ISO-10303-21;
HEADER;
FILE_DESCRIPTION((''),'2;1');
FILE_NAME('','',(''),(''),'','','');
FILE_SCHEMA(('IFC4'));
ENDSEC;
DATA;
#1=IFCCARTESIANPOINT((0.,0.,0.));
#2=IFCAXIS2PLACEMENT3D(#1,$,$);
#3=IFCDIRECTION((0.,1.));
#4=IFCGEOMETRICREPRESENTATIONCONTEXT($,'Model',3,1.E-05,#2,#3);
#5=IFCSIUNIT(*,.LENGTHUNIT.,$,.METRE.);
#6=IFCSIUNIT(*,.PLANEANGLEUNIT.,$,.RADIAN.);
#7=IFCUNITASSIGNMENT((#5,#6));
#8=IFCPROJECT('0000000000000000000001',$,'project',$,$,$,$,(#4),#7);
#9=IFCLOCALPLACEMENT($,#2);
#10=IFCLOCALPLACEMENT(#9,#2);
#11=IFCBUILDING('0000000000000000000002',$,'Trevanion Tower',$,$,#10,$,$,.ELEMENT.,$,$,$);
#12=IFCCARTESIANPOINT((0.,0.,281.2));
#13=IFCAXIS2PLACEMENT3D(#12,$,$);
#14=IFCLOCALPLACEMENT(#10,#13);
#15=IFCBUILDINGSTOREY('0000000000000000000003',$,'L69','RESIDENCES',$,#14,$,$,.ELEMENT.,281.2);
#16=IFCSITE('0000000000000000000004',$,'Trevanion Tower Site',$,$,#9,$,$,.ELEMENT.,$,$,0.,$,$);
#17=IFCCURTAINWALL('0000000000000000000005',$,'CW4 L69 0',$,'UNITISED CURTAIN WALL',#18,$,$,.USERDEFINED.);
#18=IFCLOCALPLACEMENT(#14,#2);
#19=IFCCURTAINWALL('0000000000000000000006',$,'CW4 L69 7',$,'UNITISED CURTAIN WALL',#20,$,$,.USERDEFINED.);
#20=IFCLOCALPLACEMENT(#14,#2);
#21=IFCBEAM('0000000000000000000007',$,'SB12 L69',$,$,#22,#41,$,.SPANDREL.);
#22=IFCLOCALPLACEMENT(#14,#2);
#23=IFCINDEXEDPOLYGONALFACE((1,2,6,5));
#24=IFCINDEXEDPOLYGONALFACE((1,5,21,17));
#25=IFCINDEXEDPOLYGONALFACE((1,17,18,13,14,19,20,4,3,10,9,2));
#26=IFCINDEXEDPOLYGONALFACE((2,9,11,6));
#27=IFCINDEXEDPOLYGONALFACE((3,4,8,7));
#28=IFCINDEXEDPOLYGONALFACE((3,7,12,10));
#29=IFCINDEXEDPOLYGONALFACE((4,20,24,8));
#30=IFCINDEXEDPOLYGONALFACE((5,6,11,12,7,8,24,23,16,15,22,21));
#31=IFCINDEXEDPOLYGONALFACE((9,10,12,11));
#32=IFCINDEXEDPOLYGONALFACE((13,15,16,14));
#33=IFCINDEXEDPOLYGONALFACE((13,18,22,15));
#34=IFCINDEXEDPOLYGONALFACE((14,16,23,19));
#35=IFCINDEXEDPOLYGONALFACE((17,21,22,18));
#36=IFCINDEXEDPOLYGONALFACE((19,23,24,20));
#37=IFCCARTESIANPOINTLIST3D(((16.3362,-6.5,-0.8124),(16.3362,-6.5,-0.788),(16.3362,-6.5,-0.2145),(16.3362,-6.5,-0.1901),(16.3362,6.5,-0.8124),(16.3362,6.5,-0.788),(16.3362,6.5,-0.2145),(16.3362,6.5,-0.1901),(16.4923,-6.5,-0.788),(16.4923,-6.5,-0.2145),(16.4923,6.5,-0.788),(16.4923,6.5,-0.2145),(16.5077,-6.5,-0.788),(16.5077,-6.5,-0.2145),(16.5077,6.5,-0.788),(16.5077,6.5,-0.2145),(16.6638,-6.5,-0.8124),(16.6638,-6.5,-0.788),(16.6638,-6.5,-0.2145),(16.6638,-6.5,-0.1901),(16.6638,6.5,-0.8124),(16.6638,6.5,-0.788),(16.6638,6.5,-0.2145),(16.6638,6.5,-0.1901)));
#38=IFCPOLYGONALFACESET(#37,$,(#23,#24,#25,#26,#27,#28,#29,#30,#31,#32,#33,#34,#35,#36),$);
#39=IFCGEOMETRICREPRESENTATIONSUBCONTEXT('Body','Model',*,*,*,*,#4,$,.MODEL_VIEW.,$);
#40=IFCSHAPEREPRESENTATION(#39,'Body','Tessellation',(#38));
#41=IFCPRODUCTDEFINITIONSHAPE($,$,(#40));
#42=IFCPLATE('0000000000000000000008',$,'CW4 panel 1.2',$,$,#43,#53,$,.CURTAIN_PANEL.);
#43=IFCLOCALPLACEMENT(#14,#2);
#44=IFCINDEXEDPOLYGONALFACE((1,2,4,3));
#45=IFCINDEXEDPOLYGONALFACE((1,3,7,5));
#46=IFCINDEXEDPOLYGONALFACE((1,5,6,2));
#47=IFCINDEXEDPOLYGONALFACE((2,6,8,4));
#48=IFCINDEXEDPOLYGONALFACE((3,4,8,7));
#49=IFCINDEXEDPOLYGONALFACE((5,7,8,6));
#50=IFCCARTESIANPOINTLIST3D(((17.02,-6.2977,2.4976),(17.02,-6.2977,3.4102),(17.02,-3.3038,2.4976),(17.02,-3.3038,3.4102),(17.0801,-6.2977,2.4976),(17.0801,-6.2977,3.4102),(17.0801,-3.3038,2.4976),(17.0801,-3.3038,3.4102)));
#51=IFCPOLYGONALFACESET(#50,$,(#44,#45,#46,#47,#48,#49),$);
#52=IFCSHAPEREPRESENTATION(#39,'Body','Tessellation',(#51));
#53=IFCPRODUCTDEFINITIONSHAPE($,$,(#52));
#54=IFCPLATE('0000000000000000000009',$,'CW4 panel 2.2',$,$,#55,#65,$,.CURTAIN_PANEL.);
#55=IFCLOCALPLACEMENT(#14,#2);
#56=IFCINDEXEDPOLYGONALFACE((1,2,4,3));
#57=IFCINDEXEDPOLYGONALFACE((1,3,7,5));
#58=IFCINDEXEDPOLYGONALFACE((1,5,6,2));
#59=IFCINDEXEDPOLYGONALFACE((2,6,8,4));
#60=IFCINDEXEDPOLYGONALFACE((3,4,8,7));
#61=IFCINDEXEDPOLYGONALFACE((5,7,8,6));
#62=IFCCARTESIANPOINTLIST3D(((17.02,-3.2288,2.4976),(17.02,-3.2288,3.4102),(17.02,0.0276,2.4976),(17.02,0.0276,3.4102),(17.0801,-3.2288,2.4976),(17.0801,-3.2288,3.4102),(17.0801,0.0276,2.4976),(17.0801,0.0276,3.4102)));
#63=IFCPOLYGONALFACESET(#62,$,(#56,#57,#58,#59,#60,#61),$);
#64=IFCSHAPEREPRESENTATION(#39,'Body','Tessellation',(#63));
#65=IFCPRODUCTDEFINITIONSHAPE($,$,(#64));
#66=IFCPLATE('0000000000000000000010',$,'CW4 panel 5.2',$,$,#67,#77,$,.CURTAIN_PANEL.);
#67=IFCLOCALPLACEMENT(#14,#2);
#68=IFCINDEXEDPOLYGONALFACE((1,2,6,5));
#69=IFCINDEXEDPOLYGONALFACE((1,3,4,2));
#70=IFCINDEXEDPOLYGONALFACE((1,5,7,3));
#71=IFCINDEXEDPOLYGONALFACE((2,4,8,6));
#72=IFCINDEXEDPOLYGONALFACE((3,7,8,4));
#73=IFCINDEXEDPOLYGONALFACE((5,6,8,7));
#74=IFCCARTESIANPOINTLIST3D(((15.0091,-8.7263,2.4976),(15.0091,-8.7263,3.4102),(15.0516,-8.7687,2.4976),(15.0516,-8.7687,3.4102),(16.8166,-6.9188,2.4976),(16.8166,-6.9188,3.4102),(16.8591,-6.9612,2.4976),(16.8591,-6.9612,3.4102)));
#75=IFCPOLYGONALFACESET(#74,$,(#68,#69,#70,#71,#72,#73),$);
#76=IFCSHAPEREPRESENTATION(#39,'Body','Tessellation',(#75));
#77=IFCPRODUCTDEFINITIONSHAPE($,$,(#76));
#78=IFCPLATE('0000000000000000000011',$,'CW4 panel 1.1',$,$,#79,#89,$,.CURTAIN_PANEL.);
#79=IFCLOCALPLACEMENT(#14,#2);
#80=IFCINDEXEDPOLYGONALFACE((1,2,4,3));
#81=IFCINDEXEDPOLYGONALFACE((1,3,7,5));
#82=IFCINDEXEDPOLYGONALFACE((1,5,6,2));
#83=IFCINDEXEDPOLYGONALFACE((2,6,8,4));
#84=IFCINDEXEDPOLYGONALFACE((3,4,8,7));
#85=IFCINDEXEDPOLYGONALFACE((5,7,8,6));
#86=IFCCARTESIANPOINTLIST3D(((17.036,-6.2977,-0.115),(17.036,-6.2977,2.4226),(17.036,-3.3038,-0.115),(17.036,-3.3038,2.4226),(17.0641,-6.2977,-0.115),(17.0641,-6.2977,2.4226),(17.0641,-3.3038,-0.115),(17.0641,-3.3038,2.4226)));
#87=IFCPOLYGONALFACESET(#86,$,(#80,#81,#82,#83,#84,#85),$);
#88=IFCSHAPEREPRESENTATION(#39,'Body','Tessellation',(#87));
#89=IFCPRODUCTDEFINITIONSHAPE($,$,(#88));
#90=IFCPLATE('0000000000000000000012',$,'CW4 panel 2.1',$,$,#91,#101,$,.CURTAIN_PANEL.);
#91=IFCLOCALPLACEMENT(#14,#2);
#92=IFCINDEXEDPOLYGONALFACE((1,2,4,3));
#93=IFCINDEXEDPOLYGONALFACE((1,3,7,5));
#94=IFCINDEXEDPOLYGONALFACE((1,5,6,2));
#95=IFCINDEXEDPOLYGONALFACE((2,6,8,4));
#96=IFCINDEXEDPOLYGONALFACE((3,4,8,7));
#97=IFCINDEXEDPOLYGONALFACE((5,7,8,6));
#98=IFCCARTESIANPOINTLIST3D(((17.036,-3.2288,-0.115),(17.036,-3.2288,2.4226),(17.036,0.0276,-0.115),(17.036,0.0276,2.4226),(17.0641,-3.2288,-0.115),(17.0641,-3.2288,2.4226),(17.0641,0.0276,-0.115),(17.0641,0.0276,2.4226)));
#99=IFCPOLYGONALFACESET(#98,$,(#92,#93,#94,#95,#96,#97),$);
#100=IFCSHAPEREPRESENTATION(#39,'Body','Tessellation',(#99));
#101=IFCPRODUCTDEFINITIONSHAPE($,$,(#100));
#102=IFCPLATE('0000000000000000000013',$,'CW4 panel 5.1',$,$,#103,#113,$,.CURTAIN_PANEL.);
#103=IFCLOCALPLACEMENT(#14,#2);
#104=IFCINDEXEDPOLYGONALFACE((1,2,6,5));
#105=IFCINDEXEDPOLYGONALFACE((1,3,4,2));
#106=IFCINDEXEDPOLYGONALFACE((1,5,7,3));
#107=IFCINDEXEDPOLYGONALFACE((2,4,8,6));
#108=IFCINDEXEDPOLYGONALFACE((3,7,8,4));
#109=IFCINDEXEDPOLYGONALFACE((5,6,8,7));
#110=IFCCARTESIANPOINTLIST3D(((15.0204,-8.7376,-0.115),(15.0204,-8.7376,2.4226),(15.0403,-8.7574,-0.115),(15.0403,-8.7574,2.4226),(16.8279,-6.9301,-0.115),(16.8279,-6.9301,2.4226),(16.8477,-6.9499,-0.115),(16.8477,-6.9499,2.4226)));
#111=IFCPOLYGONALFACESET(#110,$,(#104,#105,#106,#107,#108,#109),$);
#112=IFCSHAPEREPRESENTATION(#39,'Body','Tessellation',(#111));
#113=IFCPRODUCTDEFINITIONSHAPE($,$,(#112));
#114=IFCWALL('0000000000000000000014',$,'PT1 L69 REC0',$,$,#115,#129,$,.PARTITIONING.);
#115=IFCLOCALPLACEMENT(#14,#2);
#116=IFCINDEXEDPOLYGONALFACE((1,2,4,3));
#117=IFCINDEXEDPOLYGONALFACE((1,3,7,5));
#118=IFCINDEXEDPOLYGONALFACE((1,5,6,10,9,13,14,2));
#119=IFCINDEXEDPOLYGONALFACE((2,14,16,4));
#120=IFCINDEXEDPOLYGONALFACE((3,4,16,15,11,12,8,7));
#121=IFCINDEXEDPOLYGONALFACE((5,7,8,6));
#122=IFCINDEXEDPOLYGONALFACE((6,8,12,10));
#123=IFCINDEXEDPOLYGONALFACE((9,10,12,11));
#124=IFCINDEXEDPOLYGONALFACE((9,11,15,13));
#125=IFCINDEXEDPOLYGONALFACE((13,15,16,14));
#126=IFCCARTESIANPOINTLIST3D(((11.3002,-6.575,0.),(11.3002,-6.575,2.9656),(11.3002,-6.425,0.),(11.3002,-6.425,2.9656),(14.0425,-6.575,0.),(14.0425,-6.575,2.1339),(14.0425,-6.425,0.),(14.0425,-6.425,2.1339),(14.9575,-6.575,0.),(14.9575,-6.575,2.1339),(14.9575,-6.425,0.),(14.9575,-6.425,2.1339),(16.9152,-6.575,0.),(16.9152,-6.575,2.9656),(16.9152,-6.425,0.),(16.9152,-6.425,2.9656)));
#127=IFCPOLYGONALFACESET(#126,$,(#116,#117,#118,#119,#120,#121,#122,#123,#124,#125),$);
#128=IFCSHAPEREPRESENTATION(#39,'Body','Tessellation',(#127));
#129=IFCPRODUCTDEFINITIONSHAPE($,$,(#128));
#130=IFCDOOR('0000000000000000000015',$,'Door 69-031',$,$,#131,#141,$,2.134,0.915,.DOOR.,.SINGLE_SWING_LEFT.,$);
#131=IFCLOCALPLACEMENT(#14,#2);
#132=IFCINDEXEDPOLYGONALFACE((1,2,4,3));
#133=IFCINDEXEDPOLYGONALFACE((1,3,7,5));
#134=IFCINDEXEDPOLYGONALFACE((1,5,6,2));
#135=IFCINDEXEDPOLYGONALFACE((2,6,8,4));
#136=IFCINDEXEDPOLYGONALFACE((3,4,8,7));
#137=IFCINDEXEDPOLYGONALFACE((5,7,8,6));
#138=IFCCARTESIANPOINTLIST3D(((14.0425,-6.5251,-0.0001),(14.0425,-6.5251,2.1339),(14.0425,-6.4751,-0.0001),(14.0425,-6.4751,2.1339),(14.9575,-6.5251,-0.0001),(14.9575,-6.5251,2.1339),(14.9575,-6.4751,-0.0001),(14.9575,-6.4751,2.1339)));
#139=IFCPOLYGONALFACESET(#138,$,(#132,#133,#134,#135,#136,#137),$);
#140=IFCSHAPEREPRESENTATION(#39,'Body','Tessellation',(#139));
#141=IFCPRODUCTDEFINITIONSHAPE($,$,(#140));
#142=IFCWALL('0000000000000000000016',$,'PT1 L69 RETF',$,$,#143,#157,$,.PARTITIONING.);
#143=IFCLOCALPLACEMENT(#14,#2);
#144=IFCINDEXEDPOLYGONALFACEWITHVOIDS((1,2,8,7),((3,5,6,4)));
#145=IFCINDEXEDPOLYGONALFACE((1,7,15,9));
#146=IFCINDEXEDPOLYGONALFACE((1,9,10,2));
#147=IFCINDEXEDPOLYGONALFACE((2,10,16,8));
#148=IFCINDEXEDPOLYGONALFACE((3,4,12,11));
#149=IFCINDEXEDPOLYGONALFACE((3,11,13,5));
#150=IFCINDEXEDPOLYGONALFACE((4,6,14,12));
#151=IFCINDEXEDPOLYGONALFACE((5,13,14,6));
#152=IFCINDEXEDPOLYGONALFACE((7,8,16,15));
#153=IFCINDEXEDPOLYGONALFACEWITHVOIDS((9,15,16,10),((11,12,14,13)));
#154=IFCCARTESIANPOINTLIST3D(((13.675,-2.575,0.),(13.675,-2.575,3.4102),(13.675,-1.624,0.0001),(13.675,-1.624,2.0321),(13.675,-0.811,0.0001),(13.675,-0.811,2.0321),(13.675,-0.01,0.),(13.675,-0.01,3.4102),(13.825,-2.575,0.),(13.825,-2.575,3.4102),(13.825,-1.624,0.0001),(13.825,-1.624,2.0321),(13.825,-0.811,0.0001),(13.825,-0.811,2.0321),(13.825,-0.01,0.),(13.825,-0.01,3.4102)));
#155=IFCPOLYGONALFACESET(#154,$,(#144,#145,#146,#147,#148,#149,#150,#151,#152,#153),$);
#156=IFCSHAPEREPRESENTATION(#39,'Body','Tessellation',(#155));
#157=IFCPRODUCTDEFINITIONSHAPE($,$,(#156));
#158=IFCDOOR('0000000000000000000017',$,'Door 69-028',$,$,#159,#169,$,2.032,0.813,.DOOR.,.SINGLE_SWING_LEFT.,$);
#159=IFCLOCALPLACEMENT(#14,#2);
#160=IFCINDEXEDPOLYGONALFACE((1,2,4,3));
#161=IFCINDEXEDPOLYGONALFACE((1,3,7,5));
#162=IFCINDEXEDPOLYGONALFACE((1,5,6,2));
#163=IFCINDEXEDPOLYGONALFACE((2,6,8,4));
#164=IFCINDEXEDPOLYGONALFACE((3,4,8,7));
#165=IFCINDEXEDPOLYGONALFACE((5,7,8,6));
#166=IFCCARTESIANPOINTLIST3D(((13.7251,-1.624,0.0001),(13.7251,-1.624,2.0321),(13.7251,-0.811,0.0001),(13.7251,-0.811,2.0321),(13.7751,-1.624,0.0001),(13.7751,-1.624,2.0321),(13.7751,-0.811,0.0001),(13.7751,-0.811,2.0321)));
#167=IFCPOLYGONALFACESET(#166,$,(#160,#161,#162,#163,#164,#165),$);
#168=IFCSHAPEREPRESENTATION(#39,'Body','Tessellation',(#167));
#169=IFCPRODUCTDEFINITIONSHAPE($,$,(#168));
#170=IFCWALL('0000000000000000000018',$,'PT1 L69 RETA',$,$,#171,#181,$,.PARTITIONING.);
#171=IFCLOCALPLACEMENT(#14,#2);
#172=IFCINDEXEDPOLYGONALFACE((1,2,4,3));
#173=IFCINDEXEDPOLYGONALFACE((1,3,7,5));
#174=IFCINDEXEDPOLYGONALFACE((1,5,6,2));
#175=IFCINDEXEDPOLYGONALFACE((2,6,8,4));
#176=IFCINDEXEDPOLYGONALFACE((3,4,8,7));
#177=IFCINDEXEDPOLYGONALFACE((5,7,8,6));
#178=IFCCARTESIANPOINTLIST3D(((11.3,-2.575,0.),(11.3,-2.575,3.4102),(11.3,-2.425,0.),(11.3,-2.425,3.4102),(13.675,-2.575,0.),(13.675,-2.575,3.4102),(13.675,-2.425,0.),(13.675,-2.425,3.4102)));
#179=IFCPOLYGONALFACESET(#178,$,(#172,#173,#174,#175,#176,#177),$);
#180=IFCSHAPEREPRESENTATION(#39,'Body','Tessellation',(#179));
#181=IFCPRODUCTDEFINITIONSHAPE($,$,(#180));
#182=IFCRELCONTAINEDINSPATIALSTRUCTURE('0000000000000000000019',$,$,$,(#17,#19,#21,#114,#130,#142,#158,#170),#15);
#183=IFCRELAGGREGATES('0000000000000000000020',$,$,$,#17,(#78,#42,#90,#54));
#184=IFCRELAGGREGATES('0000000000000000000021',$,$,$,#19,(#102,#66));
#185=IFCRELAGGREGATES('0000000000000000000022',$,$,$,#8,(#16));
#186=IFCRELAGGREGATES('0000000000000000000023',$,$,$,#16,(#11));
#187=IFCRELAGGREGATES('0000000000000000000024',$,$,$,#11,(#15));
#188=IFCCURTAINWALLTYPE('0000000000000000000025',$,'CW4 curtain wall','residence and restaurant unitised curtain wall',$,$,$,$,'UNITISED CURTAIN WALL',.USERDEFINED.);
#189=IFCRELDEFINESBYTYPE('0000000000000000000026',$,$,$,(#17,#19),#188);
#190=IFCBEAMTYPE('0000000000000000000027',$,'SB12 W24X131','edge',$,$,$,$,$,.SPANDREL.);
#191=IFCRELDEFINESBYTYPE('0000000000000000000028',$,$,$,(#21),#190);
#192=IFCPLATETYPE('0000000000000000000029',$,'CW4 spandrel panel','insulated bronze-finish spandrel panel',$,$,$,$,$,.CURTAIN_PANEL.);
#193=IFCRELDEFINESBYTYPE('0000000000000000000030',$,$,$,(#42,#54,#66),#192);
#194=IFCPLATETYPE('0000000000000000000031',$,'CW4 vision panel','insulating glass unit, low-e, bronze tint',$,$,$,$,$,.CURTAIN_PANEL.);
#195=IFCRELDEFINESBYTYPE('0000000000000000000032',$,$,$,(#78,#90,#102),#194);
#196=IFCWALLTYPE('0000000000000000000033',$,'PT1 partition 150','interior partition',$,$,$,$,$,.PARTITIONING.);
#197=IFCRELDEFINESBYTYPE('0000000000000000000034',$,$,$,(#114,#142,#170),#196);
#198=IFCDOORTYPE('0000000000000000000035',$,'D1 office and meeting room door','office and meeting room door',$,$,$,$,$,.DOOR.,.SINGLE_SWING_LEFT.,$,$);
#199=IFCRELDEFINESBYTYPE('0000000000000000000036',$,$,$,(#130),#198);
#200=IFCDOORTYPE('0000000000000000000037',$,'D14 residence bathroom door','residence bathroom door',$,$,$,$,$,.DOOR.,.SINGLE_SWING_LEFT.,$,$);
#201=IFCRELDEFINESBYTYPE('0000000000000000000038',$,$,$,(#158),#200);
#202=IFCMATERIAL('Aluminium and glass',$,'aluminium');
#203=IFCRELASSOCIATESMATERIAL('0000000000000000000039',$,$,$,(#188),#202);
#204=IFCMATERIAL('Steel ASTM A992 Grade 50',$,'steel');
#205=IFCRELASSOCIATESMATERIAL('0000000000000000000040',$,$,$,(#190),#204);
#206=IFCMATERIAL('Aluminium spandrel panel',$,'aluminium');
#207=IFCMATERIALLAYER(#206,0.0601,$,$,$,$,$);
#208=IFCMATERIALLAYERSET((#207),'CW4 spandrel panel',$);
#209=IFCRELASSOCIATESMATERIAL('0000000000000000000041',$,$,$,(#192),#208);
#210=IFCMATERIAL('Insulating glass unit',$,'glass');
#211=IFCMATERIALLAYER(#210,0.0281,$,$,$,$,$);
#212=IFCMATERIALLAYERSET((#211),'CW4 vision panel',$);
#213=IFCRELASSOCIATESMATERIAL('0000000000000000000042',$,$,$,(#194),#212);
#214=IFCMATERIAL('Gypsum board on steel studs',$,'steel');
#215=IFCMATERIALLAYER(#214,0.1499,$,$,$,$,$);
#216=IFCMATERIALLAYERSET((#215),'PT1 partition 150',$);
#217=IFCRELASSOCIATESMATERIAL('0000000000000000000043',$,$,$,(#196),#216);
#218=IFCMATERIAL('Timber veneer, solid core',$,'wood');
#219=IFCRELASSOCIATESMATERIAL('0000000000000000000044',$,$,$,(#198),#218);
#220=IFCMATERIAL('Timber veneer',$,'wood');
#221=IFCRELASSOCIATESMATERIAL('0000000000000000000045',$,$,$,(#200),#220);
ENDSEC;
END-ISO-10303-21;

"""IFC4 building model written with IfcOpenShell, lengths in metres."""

from ifc_helpers import new_model, si_unit, direction, frame, frame_2d, origin, origin_2d, place, context, subcontext, project, spatial, rectangle, i_section, extrude, material, layer, layer_set, material_profile, profile_set, type_object, element, fill, aggregate, save


model = new_model("IFC4")

# Units and contexts
model_context = context("Model", 3, precision=1e-05, world=origin(), true_north=direction((0.0, 1.0)))
body_context = subcontext(model_context, "Body", "Model", "MODEL_VIEW")
ifc_project = project(units=[si_unit("LENGTHUNIT", "METRE"), si_unit("PLANEANGLEUNIT", "RADIAN")], contexts=[model_context])

# Site, building, storey
site_placement = place(None, origin())
site = spatial("IfcSite", under=ifc_project, at=site_placement, Name="Trevanion Tower Site", CompositionType="ELEMENT", RefElevation=0.0)
building_placement = place(site_placement, origin())
building = spatial("IfcBuilding", under=site, at=building_placement, Name="Trevanion Tower", CompositionType="ELEMENT")
storey_placement = place(building_placement, frame((0.0, 0.0, 281.2)))
storey = spatial("IfcBuildingStorey", under=building, at=storey_placement, Name="L69", Description="RESIDENCES", CompositionType="ELEMENT", Elevation=281.2)

# Curtain wall
ifc_material_1 = material(Name="Aluminium and glass", Category="aluminium")
curtain_wall_type = type_object("IfcCurtainWallType", Name="CW4 curtain wall", Description="residence and restaurant unitised curtain wall", ElementType="UNITISED CURTAIN WALL", PredefinedType="USERDEFINED", material=ifc_material_1)
curtain_wall_1_placement = place(storey_placement, origin())
curtain_wall_1 = element("IfcCurtainWall", 1, at=curtain_wall_1_placement, inside=storey, type_object=curtain_wall_type, Name="CW4 L69 0", ObjectType="UNITISED CURTAIN WALL", PredefinedType="USERDEFINED")

# Curtain wall
curtain_wall_2_placement = place(storey_placement, origin())
curtain_wall_2 = element("IfcCurtainWall", 2, at=curtain_wall_2_placement, inside=storey, type_object=curtain_wall_type, Name="CW4 L69 7", ObjectType="UNITISED CURTAIN WALL", PredefinedType="USERDEFINED")

# Beam
ifc_material_2 = material(Name="Steel ASTM A992 Grade 50", Category="steel")
ifc_material_profile_1 = material_profile(ifc_material_2, i_section(OverallWidth=0.3276, OverallDepth=0.6223, WebThickness=0.0154, FlangeThickness=0.0244, at=origin_2d()), Name="W24X131")
ifc_profile_set_1 = profile_set([ifc_material_profile_1], Name="Steel ASTM A992 Grade 50")
beam_type_1 = type_object("IfcBeamType", Name="SB12 W24X131", Description="edge", PredefinedType="SPANDREL", material=ifc_profile_set_1)
beam_1_placement = place(storey_placement, frame((16.5, -6.5, -0.5012), z_axis=(0.0, 1.0, 0.0), x_axis=(-1.0, 0.0, 0.0)))
element("IfcBeam", 3, at=beam_1_placement, inside=storey, type_object=beam_type_1, Name="SB12 L69", PredefinedType="SPANDREL", context=body_context, shape_type="SweptSolid", body=[
    extrude(i_section(OverallWidth=0.3276, OverallDepth=0.6223, WebThickness=0.0154, FlangeThickness=0.0244, at=origin_2d()), origin(), (0.0, 0.0, 1.0), 13.0),
])

# Plates
ifc_material_3 = material(Name="Aluminium spandrel panel", Category="aluminium")
ifc_layer_1 = layer(ifc_material_3, 0.0601)
ifc_layer_set_1 = layer_set([ifc_layer_1], Name="CW4 spandrel panel")
plate_type_1 = type_object("IfcPlateType", Name="CW4 spandrel panel", Description="insulated bronze-finish spandrel panel", PredefinedType="CURTAIN_PANEL", material=ifc_layer_set_1)
plate_1_placement = place(storey_placement, frame((17.05, -4.8008, 2.4976), z_axis=(0.0, 0.0, 1.0), x_axis=(0.0, 1.0, 0.0)))
plate_1 = element("IfcPlate", 4, at=plate_1_placement, type_object=plate_type_1, Name="CW4 panel 1.2", PredefinedType="CURTAIN_PANEL", context=body_context, shape_type="SweptSolid", body=[
    extrude(rectangle(XDim=2.9939, YDim=0.0601, at=origin_2d()), origin(), (0.0, 0.0, 1.0), 0.9126),
])
plate_2_placement = place(storey_placement, frame((17.05, -1.6006, 2.4976), z_axis=(0.0, 0.0, 1.0), x_axis=(0.0, 1.0, 0.0)))
plate_2 = element("IfcPlate", 5, at=plate_2_placement, type_object=plate_type_1, Name="CW4 panel 2.2", PredefinedType="CURTAIN_PANEL", context=body_context, shape_type="SweptSolid", body=[
    extrude(rectangle(XDim=3.2563, YDim=0.0601, at=origin_2d()), origin(), (0.0, 0.0, 1.0), 0.9126),
])
plate_3_placement = place(storey_placement, frame((15.9341, -7.8438, 2.4976), z_axis=(0.0, 0.0, 1.0), x_axis=(0.707107, 0.707107, 0.0)))
plate_3 = element("IfcPlate", 6, at=plate_3_placement, type_object=plate_type_1, Name="CW4 panel 5.2", PredefinedType="CURTAIN_PANEL", context=body_context, shape_type="SweptSolid", body=[
    extrude(rectangle(XDim=2.5562, YDim=0.0601, at=origin_2d()), origin(), (0.0, 0.0, 1.0), 0.9126),
])
ifc_material_4 = material(Name="Insulating glass unit", Category="glass")
ifc_layer_2 = layer(ifc_material_4, 0.0281)
ifc_layer_set_2 = layer_set([ifc_layer_2], Name="CW4 vision panel")
plate_type_2 = type_object("IfcPlateType", Name="CW4 vision panel", Description="insulating glass unit, low-e, bronze tint", PredefinedType="CURTAIN_PANEL", material=ifc_layer_set_2)
plate_4_placement = place(storey_placement, frame((17.05, -4.8008, -0.115), z_axis=(0.0, 0.0, 1.0), x_axis=(0.0, 1.0, 0.0)))
plate_4 = element("IfcPlate", 7, at=plate_4_placement, type_object=plate_type_2, Name="CW4 panel 1.1", PredefinedType="CURTAIN_PANEL", context=body_context, shape_type="SweptSolid", body=[
    extrude(rectangle(XDim=2.9939, YDim=0.0281, at=origin_2d()), origin(), (0.0, 0.0, 1.0), 2.5376),
])
plate_5_placement = place(storey_placement, frame((17.05, -1.6006, -0.115), z_axis=(0.0, 0.0, 1.0), x_axis=(0.0, 1.0, 0.0)))
plate_5 = element("IfcPlate", 8, at=plate_5_placement, type_object=plate_type_2, Name="CW4 panel 2.1", PredefinedType="CURTAIN_PANEL", context=body_context, shape_type="SweptSolid", body=[
    extrude(rectangle(XDim=3.2563, YDim=0.0281, at=origin_2d()), origin(), (0.0, 0.0, 1.0), 2.5376),
])
aggregate(curtain_wall_1, [plate_4, plate_1, plate_5, plate_2])
plate_6_placement = place(storey_placement, frame((15.9341, -7.8438, -0.115), z_axis=(0.0, 0.0, 1.0), x_axis=(0.707107, 0.707107, 0.0)))
plate_6 = element("IfcPlate", 9, at=plate_6_placement, type_object=plate_type_2, Name="CW4 panel 5.1", PredefinedType="CURTAIN_PANEL", context=body_context, shape_type="SweptSolid", body=[
    extrude(rectangle(XDim=2.5562, YDim=0.0281, at=origin_2d()), origin(), (0.0, 0.0, 1.0), 2.5376),
])
aggregate(curtain_wall_2, [plate_6, plate_3])

# Walls, openings, doors
ifc_material_5 = material(Name="Gypsum board on steel studs", Category="steel")
ifc_layer_3 = layer(ifc_material_5, 0.1499)
ifc_layer_set_3 = layer_set([ifc_layer_3], Name="PT1 partition 150")
wall_type = type_object("IfcWallType", Name="PT1 partition 150", Description="interior partition", PredefinedType="PARTITIONING", material=ifc_layer_set_3)
wall_1_placement = place(storey_placement, frame((11.3, -6.5, 0.0), z_axis=(0.0, 0.0, 1.0), x_axis=(1.0, 0.0, 0.0)))
wall_1 = element("IfcWall", 10, at=wall_1_placement, inside=storey, type_object=wall_type, Name="PT1 L69 REC0", PredefinedType="PARTITIONING", context=body_context, shape_type="SweptSolid", body=[
    extrude(rectangle(XDim=5.615, YDim=0.1499, at=frame_2d((2.8076, 0.0))), origin(), (0.0, 0.0, 1.0), 2.9656),
])
opening_1_placement = place(wall_1_placement, frame((2.7424, 0.0, 0.0)))
opening_1 = element("IfcOpeningElement", 11, at=opening_1_placement, cuts=wall_1, PredefinedType="OPENING", context=body_context, shape_type="SweptSolid", body=[
    extrude(rectangle(XDim=0.915, YDim=2.134, at=frame_2d((0.4575, 1.0669))), frame((0.0, 0.085, 0.0), z_axis=(0.0, -1.0, 0.0), x_axis=(1.0, 0.0, 0.0)), (0.0, 0.0, 1.0), 0.1699),
])
ifc_material_6 = material(Name="Timber veneer, solid core", Category="wood")
door_type_1 = type_object("IfcDoorType", Name="D1 office and meeting room door", Description="office and meeting room door", OperationType="SINGLE_SWING_LEFT", PredefinedType="DOOR", material=ifc_material_6)
door_1_placement = place(opening_1_placement, origin())
door_1 = element("IfcDoor", 12, at=door_1_placement, inside=storey, type_object=door_type_1, Name="Door 69-031", OperationType="SINGLE_SWING_LEFT", OverallHeight=2.134, OverallWidth=0.915, PredefinedType="DOOR", context=body_context, shape_type="SweptSolid", body=[
    extrude(rectangle(XDim=0.915, YDim=2.134, at=frame_2d((0.4575, 1.0669))), frame((0.0, 0.0249, 0.0), z_axis=(0.0, -1.0, 0.0), x_axis=(1.0, 0.0, 0.0)), (0.0, 0.0, 1.0), 0.05),
])
fill(opening_1, door_1)
wall_2_placement = place(storey_placement, frame((13.75, -2.575, 0.0), z_axis=(0.0, 0.0, 1.0), x_axis=(0.0, 1.0, 0.0)))
wall_2 = element("IfcWall", 13, at=wall_2_placement, inside=storey, type_object=wall_type, Name="PT1 L69 RETF", PredefinedType="PARTITIONING", context=body_context, shape_type="SweptSolid", body=[
    extrude(rectangle(XDim=2.5649, YDim=0.1499, at=frame_2d((1.2825, 0.0))), origin(), (0.0, 0.0, 1.0), 3.4102),
])
opening_2_placement = place(wall_2_placement, frame((0.9509, 0.0, 0.0)))
opening_2 = element("IfcOpeningElement", 14, at=opening_2_placement, cuts=wall_2, PredefinedType="OPENING", context=body_context, shape_type="SweptSolid", body=[
    extrude(rectangle(XDim=0.813, YDim=2.032, at=frame_2d((0.4065, 1.0161))), frame((0.0, 0.085, 0.0), z_axis=(0.0, -1.0, 0.0), x_axis=(1.0, 0.0, 0.0)), (0.0, 0.0, 1.0), 0.1699),
])
ifc_material_7 = material(Name="Timber veneer", Category="wood")
door_type_2 = type_object("IfcDoorType", Name="D14 residence bathroom door", Description="residence bathroom door", OperationType="SINGLE_SWING_LEFT", PredefinedType="DOOR", material=ifc_material_7)
door_2_placement = place(opening_2_placement, origin())
door_2 = element("IfcDoor", 15, at=door_2_placement, inside=storey, type_object=door_type_2, Name="Door 69-028", OperationType="SINGLE_SWING_LEFT", OverallHeight=2.032, OverallWidth=0.813, PredefinedType="DOOR", context=body_context, shape_type="SweptSolid", body=[
    extrude(rectangle(XDim=0.813, YDim=2.032, at=frame_2d((0.4065, 1.0161))), frame((0.0, 0.0249, 0.0), z_axis=(0.0, -1.0, 0.0), x_axis=(1.0, 0.0, 0.0)), (0.0, 0.0, 1.0), 0.05),
])
fill(opening_2, door_2)

# Wall
wall_3_placement = place(storey_placement, frame((11.3, -2.5, 0.0), z_axis=(0.0, 0.0, 1.0), x_axis=(1.0, 0.0, 0.0)))
element("IfcWall", 16, at=wall_3_placement, inside=storey, type_object=wall_type, Name="PT1 L69 RETA", PredefinedType="PARTITIONING", context=body_context, shape_type="SweptSolid", body=[
    extrude(rectangle(XDim=2.375, YDim=0.1499, at=frame_2d((1.1875, 0.0))), origin(), (0.0, 0.0, 1.0), 3.4102),
])

save(model, "model.ifc")
